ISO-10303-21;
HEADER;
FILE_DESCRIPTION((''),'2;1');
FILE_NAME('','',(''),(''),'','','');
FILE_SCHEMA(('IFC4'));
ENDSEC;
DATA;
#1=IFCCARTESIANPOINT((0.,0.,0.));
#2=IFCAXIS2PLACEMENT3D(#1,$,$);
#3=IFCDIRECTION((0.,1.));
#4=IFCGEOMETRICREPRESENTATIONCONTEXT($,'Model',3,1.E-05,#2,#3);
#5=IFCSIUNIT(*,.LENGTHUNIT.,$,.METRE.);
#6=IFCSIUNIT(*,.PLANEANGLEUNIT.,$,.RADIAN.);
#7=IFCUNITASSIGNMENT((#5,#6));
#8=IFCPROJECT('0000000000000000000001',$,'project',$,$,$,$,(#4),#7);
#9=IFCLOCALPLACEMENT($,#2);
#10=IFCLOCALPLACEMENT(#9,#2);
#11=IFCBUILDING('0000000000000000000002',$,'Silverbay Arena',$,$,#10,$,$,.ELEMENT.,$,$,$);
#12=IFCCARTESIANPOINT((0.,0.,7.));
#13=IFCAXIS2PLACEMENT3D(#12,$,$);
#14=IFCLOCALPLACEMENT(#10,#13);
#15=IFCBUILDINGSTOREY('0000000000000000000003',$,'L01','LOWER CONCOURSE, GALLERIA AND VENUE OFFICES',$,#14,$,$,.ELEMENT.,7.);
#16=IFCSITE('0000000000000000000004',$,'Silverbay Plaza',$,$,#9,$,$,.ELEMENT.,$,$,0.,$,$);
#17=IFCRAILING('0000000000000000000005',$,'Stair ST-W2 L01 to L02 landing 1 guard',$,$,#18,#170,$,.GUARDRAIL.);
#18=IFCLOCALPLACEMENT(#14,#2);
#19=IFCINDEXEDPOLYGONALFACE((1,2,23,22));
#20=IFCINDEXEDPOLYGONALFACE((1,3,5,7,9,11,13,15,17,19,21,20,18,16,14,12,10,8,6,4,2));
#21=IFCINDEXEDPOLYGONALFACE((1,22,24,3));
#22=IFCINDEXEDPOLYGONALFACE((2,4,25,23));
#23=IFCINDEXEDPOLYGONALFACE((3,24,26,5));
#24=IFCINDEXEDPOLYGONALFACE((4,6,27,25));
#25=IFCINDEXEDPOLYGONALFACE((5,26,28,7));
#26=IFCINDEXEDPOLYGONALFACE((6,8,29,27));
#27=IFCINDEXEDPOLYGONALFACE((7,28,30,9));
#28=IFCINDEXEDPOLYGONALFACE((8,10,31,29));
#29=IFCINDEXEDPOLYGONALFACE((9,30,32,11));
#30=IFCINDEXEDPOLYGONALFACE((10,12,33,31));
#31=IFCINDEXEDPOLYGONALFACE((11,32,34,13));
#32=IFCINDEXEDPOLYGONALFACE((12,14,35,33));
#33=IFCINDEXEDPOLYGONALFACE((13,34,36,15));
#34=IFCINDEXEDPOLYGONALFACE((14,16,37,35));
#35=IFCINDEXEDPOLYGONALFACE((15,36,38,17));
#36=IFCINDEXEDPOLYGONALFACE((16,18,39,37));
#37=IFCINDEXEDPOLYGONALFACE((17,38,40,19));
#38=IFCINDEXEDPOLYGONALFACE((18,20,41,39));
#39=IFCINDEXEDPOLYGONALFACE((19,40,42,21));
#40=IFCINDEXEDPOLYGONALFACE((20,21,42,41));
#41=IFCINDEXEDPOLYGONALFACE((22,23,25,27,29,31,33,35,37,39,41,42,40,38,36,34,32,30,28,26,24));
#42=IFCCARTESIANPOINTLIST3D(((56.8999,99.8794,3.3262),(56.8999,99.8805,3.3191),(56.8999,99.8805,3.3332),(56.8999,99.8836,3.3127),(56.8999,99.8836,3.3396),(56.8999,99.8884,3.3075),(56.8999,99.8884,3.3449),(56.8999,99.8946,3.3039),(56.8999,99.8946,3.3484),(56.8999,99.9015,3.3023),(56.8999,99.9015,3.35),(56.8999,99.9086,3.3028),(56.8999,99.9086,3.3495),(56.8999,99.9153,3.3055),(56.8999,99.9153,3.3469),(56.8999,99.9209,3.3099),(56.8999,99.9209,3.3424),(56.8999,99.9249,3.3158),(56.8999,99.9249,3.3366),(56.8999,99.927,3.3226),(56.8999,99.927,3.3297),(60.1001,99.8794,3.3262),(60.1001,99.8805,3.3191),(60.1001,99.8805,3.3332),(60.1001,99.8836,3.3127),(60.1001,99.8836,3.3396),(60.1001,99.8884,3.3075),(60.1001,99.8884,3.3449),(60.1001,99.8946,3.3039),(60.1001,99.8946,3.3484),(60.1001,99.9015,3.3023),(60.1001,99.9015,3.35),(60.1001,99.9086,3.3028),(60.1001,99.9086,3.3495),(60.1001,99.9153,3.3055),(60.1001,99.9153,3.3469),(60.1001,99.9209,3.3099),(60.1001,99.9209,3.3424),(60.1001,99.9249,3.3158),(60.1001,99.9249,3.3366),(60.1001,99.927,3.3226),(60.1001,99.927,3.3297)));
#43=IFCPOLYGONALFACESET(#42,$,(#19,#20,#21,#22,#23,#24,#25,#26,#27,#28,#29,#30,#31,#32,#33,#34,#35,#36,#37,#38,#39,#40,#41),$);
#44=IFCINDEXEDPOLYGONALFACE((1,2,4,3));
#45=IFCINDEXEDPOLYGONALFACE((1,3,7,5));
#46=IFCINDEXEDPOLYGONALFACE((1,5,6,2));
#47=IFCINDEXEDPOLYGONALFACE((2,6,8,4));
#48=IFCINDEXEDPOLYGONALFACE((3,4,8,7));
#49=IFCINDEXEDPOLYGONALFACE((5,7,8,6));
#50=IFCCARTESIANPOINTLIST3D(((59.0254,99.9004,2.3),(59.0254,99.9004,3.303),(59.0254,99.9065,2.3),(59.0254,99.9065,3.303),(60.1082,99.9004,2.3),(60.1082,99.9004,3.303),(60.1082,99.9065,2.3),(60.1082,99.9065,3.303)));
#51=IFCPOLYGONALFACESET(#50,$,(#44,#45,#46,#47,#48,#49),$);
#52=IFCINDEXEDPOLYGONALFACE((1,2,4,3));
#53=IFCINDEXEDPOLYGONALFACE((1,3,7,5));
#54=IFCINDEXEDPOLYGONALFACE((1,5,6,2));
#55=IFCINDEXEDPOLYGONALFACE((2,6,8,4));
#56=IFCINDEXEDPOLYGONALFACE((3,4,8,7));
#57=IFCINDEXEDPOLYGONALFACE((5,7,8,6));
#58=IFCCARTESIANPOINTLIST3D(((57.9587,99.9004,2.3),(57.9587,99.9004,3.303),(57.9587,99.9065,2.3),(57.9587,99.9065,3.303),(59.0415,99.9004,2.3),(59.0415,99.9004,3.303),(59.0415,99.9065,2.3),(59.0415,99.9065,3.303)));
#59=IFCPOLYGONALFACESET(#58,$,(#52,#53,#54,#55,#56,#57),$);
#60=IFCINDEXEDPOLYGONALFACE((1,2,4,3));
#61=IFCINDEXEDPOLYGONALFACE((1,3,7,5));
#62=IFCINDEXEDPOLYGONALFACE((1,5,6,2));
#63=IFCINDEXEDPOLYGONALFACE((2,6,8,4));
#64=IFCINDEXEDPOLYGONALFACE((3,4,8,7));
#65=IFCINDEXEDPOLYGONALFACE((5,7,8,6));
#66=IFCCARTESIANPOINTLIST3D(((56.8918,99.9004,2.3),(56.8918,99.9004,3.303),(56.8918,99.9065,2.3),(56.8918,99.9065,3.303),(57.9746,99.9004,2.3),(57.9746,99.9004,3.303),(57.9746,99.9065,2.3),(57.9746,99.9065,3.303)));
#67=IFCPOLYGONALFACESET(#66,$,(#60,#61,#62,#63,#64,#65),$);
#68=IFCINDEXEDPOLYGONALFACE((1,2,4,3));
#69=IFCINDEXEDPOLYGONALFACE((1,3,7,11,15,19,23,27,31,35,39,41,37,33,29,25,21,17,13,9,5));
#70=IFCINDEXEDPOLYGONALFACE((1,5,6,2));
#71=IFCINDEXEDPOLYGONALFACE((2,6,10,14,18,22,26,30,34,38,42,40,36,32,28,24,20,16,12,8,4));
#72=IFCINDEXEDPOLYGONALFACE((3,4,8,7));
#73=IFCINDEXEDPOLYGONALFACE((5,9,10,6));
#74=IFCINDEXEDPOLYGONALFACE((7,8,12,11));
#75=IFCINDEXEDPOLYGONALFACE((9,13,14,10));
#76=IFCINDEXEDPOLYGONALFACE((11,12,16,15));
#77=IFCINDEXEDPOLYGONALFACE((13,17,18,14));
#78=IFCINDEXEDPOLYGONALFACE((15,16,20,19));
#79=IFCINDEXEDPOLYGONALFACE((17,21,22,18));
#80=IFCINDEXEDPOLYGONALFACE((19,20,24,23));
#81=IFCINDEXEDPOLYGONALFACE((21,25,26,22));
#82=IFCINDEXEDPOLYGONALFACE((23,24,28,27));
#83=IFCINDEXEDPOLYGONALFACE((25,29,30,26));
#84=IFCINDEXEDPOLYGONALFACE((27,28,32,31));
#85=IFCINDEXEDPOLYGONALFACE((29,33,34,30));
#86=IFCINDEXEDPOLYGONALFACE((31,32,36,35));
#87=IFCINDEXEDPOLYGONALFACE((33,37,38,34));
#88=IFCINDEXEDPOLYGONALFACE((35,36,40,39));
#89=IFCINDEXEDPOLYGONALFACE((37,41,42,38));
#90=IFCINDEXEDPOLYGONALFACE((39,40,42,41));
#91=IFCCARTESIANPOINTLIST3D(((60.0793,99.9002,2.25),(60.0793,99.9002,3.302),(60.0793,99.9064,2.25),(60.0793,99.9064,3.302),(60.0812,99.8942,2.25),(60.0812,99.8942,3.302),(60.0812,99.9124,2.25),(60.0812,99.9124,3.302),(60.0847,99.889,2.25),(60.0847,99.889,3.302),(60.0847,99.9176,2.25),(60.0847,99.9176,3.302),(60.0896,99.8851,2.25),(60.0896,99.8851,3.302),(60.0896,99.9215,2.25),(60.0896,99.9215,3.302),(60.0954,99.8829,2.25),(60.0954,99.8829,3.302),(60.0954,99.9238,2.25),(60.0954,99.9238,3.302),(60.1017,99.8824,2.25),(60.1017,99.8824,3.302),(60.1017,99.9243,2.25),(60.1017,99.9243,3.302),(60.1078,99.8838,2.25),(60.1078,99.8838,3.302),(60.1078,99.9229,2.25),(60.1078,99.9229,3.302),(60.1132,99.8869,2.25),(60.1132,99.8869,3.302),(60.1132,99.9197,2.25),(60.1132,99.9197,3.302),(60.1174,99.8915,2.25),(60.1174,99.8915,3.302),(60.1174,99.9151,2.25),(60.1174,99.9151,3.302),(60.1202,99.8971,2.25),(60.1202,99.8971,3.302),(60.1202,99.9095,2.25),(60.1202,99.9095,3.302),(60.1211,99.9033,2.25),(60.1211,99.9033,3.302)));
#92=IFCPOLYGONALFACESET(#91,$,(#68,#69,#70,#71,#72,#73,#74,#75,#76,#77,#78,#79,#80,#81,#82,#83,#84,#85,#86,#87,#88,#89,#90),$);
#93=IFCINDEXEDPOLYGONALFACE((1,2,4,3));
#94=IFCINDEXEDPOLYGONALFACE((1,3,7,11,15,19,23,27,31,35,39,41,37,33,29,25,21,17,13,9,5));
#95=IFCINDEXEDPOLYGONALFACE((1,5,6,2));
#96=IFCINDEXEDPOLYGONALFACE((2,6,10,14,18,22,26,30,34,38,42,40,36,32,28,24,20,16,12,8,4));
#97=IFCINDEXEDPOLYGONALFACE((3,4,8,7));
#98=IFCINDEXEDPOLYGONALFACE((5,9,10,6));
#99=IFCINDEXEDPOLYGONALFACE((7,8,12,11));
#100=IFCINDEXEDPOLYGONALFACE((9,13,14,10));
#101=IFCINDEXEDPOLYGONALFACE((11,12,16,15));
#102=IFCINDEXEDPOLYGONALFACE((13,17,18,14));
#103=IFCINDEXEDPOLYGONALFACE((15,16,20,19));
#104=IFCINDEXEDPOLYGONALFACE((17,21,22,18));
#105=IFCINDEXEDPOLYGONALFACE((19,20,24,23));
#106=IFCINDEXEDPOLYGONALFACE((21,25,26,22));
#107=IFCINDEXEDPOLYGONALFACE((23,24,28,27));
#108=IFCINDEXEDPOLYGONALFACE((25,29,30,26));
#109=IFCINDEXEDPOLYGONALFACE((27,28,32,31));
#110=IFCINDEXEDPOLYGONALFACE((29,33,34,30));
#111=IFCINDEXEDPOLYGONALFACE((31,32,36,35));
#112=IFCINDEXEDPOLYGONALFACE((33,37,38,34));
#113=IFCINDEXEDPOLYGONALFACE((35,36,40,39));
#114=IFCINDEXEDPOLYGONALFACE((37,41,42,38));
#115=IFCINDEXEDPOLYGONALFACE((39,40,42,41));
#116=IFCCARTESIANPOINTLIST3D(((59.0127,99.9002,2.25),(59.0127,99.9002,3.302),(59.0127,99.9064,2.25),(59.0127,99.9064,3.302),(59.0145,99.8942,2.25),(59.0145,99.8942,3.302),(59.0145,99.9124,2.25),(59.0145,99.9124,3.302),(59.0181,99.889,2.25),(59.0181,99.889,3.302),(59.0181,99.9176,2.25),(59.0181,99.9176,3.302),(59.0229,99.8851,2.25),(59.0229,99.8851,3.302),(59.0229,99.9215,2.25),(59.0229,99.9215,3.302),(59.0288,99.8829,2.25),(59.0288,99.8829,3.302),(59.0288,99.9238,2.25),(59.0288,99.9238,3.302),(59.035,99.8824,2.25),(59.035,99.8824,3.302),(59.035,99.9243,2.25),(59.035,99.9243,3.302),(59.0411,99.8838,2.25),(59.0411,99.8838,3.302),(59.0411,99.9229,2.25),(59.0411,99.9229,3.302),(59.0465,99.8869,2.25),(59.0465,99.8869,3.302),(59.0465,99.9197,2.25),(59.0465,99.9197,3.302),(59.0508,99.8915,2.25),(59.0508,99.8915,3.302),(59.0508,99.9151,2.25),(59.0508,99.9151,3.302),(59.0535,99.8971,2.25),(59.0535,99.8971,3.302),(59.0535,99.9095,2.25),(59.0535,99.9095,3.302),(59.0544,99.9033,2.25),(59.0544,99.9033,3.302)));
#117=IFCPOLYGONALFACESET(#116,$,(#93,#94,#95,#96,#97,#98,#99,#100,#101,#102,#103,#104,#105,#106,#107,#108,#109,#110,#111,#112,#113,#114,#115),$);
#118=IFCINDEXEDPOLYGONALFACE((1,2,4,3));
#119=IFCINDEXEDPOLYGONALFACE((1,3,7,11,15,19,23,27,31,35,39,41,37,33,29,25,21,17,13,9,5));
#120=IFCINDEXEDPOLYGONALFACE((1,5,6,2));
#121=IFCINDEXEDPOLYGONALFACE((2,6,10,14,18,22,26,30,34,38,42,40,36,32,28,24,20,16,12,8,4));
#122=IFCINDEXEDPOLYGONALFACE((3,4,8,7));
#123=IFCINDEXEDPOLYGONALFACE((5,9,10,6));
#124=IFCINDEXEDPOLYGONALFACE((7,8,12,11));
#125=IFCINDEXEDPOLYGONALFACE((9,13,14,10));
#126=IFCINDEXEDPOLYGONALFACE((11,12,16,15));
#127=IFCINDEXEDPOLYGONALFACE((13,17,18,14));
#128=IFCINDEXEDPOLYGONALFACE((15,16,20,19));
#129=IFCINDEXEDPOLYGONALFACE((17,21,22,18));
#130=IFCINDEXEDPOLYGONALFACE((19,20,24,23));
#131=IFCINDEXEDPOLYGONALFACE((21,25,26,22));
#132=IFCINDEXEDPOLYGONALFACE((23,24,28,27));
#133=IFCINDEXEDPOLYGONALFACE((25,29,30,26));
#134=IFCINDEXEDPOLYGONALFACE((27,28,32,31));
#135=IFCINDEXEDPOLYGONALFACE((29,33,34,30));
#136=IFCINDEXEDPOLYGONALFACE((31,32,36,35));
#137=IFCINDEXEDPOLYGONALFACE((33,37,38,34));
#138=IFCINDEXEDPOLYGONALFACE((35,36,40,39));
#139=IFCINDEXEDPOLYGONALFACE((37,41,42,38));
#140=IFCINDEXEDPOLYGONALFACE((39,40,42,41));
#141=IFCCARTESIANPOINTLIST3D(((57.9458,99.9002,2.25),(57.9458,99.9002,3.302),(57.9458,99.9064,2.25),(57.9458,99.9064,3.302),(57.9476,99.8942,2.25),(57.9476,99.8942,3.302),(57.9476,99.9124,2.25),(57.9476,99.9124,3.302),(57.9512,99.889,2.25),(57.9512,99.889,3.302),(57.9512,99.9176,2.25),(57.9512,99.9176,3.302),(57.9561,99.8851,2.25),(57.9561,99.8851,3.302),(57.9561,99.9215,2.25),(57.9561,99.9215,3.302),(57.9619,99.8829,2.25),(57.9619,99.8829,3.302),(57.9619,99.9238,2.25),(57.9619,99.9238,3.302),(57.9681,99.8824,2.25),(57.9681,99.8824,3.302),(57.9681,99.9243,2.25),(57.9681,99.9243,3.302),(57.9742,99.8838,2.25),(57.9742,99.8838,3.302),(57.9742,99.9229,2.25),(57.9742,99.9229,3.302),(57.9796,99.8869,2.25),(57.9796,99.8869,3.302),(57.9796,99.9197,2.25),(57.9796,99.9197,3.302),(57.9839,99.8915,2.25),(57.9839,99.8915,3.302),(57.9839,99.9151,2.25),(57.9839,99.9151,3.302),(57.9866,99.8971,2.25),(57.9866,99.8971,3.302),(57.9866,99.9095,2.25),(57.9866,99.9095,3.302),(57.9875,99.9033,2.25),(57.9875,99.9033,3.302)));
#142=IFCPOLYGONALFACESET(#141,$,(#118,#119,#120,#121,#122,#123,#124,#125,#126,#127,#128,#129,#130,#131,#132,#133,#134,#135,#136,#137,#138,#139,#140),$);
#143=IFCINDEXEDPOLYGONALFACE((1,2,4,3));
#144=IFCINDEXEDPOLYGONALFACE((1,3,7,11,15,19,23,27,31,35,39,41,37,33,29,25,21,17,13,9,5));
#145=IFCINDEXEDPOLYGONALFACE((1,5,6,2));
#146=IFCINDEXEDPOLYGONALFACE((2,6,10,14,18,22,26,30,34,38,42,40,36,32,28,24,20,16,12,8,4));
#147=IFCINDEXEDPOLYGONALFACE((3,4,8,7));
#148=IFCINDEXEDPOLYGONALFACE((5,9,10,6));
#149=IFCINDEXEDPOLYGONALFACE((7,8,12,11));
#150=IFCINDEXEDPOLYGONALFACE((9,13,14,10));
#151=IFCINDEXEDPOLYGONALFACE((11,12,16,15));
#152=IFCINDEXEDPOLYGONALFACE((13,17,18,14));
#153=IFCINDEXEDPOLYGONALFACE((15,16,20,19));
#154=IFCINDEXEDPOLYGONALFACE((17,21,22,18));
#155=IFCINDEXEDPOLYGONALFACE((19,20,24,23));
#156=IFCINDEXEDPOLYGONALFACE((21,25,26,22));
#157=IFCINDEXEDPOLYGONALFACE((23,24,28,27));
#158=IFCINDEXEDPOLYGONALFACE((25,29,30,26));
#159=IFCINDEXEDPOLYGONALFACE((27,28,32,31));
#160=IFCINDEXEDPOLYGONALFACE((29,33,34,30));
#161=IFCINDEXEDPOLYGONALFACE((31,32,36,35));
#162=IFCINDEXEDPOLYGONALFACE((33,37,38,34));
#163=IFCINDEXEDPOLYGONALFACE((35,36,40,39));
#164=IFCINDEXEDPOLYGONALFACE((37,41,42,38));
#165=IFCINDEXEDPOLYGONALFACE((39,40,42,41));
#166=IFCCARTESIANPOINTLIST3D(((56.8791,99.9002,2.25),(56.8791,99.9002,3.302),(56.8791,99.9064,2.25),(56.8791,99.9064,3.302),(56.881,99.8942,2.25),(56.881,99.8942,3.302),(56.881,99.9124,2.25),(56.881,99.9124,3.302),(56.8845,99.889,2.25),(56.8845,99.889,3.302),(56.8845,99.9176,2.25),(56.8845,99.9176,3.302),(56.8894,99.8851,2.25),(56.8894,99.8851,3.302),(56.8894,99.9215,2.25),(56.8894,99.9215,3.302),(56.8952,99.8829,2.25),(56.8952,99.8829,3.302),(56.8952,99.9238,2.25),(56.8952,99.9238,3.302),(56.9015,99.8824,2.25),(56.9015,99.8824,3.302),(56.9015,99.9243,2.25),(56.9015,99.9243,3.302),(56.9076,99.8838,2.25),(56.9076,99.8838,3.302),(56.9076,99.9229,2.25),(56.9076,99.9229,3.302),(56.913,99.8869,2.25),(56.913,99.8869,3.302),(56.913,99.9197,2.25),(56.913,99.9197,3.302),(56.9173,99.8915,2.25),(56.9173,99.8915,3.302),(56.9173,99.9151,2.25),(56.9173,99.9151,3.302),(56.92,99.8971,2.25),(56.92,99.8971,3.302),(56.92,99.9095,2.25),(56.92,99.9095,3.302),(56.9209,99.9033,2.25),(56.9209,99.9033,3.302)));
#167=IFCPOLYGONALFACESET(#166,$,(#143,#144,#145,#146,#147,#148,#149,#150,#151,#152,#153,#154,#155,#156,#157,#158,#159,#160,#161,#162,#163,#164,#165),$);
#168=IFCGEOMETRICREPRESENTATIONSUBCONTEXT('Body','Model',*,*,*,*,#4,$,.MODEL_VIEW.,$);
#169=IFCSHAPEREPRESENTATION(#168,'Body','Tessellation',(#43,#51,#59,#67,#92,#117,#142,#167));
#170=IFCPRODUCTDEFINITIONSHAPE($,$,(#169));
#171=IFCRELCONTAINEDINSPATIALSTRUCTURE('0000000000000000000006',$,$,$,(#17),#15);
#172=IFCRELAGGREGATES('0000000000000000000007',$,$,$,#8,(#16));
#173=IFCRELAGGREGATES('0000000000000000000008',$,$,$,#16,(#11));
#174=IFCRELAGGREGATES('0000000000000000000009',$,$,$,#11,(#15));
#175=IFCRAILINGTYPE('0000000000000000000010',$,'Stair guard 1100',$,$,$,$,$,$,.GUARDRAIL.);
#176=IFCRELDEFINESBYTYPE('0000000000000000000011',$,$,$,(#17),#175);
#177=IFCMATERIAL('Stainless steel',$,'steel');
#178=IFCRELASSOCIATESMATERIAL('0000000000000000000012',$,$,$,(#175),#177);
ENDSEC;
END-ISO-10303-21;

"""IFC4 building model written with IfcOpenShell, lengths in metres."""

from ifc_helpers import new_model, si_unit, direction, frame, origin, origin_2d, place, context, subcontext, project, spatial, polyline, circle, outline, extrude, material, type_object, element, save


model = new_model("IFC4")

# Units and contexts
model_context = context("Model", 3, precision=1e-05, world=origin(), true_north=direction((0.0, 1.0)))
body_context = subcontext(model_context, "Body", "Model", "MODEL_VIEW")
ifc_project = project(units=[si_unit("LENGTHUNIT", "METRE"), si_unit("PLANEANGLEUNIT", "RADIAN")], contexts=[model_context])

# Site, building, storey
site_placement = place(None, origin())
site = spatial("IfcSite", under=ifc_project, at=site_placement, Name="Silverbay Plaza", CompositionType="ELEMENT", RefElevation=0.0)
building_placement = place(site_placement, origin())
building = spatial("IfcBuilding", under=site, at=building_placement, Name="Silverbay Arena", CompositionType="ELEMENT")
storey_placement = place(building_placement, frame((0.0, 0.0, 7.0)))
storey = spatial("IfcBuildingStorey", under=building, at=storey_placement, Name="L01", Description="LOWER CONCOURSE, GALLERIA AND VENUE OFFICES", CompositionType="ELEMENT", Elevation=7.0)

# Railing
ifc_material_1 = material(Name="Stainless steel", Category="steel")
railing_type_1 = type_object("IfcRailingType", Name="Stair guard 1100", PredefinedType="GUARDRAIL", material=ifc_material_1)
for number, where, name in (
    (1, (60.1001, 99.9033, 2.25), "Stair ST-W2 L01 to L02 landing 1 guard"),
):
    element("IfcRailing", number, at=place(storey_placement, frame(where)), inside=storey, type_object=railing_type_1, Name=name, PredefinedType="GUARDRAIL", context=body_context, shape_type="SweptSolid", body=[
        extrude(circle(Radius=0.0239, at=origin_2d()), frame((0.0, 0.0, 1.0762), z_axis=(-1.0, 0.0, 0.0), x_axis=(0.0, -1.0, 0.0)), (0.0, 0.0, 1.0), 3.2002),
        extrude(outline(polyline([(-0.0081, 0.05), (1.0747, 0.05), (1.0747, 1.053), (-0.0081, 1.053), (-0.0081, 0.05)])), frame((0.0, -0.0029, 0.0), z_axis=(0.0, 1.0, 0.0), x_axis=(-1.0, 0.0, 0.0)), (0.0, 0.0, 1.0), 0.0061),
        extrude(outline(polyline([(-0.0081, 0.05), (1.0747, 0.05), (1.0747, 1.053), (-0.0081, 1.053), (-0.0081, 0.05)])), frame((-1.0667, -0.0029, 0.0), z_axis=(0.0, 1.0, 0.0), x_axis=(-1.0, 0.0, 0.0)), (0.0, 0.0, 1.0), 0.0061),
        extrude(outline(polyline([(-0.0081, 0.05), (1.0747, 0.05), (1.0747, 1.053), (-0.0081, 1.053), (-0.0081, 0.05)])), frame((-2.1335, -0.0029, 0.0), z_axis=(0.0, 1.0, 0.0), x_axis=(-1.0, 0.0, 0.0)), (0.0, 0.0, 1.0), 0.0061),
        extrude(circle(Radius=0.021, at=origin_2d()), origin(), (0.0, 0.0, 1.0), 1.052),
        extrude(circle(Radius=0.021, at=origin_2d()), frame((-1.0667, 0.0, 0.0)), (0.0, 0.0, 1.0), 1.052),
        extrude(circle(Radius=0.021, at=origin_2d()), frame((-2.1335, 0.0, 0.0)), (0.0, 0.0, 1.0), 1.052),
        extrude(circle(Radius=0.021, at=origin_2d()), frame((-3.2002, 0.0, 0.0)), (0.0, 0.0, 1.0), 1.052),
    ])

save(model, "model.ifc")
